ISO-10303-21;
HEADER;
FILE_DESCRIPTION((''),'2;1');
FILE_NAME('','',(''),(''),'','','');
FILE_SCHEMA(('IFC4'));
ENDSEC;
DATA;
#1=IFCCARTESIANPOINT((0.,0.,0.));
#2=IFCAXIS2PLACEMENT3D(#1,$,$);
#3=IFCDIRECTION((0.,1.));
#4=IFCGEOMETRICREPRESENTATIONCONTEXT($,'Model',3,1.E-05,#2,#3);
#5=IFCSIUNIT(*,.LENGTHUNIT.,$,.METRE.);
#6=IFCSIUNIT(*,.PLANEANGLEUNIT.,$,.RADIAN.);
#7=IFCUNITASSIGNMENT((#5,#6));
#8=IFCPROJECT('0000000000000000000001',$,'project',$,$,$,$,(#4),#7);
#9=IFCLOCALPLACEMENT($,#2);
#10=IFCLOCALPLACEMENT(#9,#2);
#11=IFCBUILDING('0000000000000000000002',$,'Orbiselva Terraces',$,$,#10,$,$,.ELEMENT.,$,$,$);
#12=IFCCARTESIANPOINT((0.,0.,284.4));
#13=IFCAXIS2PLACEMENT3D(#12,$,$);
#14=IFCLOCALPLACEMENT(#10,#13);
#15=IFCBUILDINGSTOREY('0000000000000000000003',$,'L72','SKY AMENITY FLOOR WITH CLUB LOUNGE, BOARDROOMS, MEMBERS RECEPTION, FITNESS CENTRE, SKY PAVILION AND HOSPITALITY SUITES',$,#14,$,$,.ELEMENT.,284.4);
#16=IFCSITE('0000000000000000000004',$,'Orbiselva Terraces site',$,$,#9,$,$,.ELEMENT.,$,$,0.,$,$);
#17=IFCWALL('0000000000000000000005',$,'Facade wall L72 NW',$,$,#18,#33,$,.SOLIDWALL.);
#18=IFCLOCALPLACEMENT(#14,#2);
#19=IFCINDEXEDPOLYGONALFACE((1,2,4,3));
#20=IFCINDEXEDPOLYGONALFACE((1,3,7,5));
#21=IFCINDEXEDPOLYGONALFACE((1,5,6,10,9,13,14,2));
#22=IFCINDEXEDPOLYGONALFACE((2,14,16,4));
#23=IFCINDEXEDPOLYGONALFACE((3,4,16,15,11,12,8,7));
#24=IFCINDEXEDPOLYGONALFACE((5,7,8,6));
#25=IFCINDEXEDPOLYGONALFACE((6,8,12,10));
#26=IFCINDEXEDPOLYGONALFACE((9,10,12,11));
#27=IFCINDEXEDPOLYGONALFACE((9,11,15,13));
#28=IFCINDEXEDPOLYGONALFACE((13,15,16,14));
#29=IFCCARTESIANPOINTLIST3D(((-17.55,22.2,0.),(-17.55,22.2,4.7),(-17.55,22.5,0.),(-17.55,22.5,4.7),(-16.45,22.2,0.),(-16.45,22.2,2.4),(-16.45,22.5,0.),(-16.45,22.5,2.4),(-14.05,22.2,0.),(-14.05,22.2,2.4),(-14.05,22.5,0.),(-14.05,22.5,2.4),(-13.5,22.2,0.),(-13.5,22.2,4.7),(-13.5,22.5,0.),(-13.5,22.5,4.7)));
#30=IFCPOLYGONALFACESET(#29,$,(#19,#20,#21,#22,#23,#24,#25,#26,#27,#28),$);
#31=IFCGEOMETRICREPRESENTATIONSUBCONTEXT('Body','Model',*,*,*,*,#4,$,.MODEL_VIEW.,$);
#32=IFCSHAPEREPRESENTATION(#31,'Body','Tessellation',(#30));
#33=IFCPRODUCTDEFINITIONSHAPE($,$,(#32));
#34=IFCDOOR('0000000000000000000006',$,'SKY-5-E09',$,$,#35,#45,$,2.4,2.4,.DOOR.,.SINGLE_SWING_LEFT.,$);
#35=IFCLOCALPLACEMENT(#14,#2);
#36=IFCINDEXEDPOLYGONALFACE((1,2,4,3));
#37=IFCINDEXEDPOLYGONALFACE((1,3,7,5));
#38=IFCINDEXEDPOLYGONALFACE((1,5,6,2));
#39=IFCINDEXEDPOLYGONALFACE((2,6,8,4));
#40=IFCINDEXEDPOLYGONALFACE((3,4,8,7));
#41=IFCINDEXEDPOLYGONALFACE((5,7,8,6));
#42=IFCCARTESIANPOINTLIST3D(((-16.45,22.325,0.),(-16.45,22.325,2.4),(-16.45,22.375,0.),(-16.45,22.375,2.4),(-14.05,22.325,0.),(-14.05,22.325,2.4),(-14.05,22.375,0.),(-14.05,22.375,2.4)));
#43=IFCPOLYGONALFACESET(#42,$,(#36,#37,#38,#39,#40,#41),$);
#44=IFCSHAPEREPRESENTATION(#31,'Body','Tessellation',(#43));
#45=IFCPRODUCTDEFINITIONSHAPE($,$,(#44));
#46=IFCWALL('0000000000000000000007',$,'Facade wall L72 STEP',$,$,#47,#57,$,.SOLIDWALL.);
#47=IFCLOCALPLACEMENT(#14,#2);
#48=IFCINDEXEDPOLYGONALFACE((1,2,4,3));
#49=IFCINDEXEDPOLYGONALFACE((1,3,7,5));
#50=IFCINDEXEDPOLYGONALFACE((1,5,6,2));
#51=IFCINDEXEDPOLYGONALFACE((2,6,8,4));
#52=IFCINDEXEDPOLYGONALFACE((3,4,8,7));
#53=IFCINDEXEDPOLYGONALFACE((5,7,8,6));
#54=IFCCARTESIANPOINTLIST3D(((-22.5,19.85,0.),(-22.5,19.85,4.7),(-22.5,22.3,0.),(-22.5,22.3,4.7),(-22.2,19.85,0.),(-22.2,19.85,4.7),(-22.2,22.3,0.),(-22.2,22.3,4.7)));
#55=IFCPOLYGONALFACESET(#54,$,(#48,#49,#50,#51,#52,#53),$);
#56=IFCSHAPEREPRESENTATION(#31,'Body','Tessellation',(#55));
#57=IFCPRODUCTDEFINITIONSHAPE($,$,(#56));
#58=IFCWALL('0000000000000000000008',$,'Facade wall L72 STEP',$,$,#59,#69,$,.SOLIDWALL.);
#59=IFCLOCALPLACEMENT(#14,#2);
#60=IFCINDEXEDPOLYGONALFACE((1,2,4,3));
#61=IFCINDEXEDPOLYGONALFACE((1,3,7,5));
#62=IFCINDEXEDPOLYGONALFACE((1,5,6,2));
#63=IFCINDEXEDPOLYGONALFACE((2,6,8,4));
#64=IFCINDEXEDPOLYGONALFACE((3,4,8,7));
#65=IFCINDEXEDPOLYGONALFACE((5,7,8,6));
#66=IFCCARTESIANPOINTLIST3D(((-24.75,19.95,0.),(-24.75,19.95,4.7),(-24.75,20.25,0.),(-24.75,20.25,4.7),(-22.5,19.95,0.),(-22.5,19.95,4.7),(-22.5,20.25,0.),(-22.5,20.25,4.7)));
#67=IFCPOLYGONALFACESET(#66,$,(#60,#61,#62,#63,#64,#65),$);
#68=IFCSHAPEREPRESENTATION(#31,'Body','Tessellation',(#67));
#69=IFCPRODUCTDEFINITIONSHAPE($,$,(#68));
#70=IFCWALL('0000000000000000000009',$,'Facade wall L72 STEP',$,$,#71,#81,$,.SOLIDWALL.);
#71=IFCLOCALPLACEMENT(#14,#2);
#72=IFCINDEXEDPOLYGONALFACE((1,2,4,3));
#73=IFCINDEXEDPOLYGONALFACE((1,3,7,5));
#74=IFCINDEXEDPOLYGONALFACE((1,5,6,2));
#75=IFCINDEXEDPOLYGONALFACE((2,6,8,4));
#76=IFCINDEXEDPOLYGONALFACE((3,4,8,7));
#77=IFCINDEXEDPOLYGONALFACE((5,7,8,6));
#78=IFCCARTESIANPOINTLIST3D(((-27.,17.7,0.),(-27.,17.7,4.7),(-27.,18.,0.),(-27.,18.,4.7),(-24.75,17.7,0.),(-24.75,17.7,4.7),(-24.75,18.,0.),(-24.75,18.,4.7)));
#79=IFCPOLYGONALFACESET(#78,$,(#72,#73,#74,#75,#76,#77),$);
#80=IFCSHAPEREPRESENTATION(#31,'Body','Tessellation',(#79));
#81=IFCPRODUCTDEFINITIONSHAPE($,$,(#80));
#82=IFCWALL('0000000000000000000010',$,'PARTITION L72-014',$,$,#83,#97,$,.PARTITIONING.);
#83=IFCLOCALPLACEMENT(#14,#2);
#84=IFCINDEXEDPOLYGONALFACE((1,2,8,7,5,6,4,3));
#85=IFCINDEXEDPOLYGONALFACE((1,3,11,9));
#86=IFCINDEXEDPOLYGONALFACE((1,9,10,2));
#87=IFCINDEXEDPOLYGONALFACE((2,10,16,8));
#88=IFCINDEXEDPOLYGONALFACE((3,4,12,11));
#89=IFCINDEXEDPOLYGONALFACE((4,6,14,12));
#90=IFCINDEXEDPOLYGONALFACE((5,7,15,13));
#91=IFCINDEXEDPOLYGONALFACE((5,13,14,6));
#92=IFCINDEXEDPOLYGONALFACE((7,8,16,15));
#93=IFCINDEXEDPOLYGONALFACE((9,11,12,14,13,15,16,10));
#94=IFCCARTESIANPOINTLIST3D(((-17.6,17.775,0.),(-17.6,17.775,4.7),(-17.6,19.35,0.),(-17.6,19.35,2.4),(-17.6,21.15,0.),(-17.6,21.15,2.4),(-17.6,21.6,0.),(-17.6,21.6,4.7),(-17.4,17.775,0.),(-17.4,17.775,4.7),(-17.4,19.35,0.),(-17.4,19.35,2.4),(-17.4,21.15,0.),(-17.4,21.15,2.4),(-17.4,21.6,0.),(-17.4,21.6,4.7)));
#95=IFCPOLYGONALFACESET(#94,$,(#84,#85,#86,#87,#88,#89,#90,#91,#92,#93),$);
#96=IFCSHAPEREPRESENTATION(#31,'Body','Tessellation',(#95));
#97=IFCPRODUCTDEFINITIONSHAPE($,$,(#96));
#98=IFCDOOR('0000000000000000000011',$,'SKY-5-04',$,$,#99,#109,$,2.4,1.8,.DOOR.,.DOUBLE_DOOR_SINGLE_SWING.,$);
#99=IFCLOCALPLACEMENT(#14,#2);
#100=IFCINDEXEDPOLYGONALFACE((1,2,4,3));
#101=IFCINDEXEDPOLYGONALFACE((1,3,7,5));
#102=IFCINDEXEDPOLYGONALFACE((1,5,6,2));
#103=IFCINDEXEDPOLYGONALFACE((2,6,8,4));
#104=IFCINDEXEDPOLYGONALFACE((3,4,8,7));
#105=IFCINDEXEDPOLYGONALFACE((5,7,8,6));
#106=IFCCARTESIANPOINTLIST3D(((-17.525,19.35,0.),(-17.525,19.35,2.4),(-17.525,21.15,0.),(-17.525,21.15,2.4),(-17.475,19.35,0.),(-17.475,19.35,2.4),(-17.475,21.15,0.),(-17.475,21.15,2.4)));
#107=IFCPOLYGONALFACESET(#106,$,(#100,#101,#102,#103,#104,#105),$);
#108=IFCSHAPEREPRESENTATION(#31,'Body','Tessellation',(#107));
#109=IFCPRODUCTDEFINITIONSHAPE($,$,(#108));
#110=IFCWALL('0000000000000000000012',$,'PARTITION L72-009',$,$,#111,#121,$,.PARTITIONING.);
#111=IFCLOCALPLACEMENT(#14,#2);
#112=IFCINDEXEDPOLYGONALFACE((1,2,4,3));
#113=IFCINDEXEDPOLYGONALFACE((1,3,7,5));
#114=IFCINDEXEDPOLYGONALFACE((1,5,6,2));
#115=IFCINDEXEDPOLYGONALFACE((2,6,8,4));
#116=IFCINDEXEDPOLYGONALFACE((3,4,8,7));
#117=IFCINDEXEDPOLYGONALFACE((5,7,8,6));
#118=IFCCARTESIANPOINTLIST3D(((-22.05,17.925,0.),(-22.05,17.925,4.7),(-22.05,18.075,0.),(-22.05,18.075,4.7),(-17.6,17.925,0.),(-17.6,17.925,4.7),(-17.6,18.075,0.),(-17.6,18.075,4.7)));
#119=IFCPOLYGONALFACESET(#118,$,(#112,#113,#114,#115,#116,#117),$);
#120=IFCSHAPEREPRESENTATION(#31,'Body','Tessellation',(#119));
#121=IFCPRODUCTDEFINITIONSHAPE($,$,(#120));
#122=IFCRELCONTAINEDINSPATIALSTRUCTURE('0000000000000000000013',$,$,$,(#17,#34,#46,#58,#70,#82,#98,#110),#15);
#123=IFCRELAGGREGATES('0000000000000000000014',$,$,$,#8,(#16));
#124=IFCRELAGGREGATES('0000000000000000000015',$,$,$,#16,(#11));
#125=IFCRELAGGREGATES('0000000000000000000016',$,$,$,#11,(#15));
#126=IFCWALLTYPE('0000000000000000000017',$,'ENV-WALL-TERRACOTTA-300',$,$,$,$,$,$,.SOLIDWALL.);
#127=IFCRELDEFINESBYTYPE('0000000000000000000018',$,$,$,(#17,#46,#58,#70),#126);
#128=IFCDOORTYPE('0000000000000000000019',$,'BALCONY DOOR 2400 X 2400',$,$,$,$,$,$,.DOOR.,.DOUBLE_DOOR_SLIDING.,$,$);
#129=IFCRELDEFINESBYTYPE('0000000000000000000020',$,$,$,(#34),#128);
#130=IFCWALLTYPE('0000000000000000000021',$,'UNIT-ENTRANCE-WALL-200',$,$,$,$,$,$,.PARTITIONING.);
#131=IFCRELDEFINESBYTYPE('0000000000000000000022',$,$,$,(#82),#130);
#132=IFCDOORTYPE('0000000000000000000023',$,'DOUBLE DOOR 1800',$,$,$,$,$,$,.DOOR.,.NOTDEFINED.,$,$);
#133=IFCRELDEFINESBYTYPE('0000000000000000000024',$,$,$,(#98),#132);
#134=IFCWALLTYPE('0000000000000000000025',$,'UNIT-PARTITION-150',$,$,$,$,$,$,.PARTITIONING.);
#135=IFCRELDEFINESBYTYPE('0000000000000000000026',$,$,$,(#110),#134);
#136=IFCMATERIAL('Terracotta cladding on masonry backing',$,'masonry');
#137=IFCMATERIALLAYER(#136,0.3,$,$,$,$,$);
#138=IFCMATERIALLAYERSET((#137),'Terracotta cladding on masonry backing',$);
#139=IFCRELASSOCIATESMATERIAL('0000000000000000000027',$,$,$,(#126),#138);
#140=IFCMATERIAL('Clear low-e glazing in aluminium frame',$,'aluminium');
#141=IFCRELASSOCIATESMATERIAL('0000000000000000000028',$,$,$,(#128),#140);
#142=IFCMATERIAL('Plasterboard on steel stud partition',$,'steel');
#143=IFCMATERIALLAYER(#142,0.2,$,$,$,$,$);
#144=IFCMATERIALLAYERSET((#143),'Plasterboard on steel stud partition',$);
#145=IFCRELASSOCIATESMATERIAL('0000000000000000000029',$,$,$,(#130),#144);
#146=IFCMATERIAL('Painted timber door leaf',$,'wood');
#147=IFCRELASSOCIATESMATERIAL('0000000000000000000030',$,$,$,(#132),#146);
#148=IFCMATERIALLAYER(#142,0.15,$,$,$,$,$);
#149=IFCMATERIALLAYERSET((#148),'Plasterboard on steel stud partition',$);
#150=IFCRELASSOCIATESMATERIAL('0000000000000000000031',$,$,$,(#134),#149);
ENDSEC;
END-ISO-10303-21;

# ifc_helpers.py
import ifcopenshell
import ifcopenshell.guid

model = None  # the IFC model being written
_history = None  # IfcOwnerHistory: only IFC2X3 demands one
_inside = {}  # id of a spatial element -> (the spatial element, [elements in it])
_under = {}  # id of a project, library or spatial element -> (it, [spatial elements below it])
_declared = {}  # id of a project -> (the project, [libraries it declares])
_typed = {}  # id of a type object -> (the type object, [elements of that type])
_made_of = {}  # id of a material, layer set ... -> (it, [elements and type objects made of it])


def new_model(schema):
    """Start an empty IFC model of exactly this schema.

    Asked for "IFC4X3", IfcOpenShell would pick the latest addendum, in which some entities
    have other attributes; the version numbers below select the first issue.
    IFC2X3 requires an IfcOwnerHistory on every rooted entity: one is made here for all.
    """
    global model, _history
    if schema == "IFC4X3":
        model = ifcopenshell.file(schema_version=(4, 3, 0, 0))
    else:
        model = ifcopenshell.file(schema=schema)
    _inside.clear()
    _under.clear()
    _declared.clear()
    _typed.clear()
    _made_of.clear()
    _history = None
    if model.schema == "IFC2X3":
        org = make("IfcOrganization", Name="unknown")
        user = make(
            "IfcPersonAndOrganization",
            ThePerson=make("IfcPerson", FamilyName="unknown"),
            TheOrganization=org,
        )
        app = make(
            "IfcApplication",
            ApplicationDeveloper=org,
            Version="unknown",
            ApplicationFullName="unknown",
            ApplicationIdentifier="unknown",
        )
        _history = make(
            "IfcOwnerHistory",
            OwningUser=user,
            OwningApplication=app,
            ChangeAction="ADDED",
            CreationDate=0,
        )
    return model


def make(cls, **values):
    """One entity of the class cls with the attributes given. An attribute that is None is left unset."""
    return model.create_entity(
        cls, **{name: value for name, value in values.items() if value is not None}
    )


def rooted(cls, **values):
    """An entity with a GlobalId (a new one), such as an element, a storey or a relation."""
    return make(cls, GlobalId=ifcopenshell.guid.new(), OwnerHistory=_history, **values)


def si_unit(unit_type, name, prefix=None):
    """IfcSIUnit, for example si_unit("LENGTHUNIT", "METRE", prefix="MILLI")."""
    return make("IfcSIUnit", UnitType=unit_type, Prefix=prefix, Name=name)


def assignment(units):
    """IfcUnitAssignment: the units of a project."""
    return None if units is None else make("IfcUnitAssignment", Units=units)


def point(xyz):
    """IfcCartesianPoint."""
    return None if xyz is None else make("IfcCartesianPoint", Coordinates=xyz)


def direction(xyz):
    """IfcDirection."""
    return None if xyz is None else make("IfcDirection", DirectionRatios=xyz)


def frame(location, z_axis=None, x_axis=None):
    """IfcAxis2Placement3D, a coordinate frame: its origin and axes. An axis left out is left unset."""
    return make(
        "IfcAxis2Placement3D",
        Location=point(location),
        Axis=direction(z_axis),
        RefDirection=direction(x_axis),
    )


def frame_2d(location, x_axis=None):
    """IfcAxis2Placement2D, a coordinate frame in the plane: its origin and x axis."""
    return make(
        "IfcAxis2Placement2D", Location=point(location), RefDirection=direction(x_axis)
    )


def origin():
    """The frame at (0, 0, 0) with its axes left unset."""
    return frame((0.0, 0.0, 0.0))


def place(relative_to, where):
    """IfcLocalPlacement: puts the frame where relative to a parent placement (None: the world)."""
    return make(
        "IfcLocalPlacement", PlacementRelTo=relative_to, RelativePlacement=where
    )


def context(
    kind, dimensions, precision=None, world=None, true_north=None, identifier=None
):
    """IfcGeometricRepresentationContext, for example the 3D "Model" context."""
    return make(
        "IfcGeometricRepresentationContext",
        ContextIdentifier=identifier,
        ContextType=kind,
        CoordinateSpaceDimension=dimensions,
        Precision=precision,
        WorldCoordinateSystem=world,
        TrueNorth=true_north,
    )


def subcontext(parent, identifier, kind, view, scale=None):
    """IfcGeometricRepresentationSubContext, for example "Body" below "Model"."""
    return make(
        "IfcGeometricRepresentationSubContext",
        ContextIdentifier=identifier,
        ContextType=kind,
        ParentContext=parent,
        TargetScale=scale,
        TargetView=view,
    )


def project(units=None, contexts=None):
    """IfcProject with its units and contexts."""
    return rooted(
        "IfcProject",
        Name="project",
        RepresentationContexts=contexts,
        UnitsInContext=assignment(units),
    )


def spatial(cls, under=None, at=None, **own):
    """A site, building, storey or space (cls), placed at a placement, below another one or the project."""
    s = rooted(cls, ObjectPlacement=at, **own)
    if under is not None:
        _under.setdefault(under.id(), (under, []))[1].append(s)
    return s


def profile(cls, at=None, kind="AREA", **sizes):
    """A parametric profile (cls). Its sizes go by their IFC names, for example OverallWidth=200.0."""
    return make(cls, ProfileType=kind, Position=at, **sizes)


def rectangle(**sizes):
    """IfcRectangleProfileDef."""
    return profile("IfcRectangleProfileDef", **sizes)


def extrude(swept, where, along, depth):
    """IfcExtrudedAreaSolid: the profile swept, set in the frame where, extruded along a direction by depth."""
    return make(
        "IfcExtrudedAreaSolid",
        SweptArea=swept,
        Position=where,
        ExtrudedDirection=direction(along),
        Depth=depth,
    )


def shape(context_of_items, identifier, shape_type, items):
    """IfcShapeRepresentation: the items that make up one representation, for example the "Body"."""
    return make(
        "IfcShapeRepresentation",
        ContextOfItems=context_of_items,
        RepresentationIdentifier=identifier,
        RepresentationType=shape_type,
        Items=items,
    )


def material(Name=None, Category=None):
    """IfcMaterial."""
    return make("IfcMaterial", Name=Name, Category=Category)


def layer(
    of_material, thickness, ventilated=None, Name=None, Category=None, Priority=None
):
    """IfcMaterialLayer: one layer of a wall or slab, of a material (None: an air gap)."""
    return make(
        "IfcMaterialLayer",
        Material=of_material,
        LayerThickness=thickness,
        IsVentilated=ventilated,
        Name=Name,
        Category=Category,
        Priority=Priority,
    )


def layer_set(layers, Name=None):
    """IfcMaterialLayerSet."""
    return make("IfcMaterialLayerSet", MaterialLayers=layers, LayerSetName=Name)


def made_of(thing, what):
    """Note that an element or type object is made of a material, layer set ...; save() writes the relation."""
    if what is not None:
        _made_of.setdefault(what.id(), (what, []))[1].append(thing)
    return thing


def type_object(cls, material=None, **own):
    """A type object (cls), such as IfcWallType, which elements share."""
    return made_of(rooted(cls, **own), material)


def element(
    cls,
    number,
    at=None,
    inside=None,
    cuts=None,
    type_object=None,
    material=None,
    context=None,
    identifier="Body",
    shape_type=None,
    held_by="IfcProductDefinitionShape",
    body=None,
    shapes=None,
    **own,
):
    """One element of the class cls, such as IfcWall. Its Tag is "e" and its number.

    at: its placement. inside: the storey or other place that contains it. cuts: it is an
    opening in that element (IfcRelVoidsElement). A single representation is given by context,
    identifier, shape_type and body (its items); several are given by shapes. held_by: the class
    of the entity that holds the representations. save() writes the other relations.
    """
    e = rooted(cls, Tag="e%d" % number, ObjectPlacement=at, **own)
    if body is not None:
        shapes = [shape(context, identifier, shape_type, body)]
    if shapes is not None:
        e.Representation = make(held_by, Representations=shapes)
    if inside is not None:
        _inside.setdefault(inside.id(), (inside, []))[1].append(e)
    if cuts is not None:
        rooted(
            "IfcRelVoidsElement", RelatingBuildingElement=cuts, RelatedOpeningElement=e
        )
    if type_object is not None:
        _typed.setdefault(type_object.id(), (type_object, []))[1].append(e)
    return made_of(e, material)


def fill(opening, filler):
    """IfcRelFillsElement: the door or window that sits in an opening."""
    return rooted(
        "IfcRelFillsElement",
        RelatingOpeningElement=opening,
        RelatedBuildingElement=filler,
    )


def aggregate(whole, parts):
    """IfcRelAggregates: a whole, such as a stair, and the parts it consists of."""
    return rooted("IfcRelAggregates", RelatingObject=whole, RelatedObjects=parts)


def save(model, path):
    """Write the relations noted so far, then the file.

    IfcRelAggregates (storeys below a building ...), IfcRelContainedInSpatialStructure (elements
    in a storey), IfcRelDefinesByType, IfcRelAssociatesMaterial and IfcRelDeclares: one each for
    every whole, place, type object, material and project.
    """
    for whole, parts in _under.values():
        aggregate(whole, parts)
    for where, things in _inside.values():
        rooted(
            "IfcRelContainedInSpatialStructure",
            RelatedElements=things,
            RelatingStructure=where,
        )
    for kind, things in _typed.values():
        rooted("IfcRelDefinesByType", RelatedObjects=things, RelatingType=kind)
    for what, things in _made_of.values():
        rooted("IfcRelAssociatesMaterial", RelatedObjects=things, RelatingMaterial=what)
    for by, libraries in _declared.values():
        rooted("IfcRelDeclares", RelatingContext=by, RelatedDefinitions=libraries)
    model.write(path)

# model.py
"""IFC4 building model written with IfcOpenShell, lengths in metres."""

from ifc_helpers import new_model, si_unit, direction, frame, frame_2d, origin, place, context, subcontext, project, spatial, rectangle, extrude, material, layer, layer_set, type_object, element, fill, save


model = new_model("IFC4")

# Units and contexts
model_context = context("Model", 3, precision=1e-05, world=origin(), true_north=direction((0.0, 1.0)))
body_context = subcontext(model_context, "Body", "Model", "MODEL_VIEW")
ifc_project = project(units=[si_unit("LENGTHUNIT", "METRE"), si_unit("PLANEANGLEUNIT", "RADIAN")], contexts=[model_context])

# Site, building, storey
site_placement = place(None, origin())
site = spatial("IfcSite", under=ifc_project, at=site_placement, Name="Orbiselva Terraces site", CompositionType="ELEMENT", RefElevation=0.0)
building_placement = place(site_placement, origin())
building = spatial("IfcBuilding", under=site, at=building_placement, Name="Orbiselva Terraces", CompositionType="ELEMENT")
storey_placement = place(building_placement, frame((0.0, 0.0, 284.4)))
storey = spatial("IfcBuildingStorey", under=building, at=storey_placement, Name="L72", Description="SKY AMENITY FLOOR WITH CLUB LOUNGE, BOARDROOMS, MEMBERS RECEPTION, FITNESS CENTRE, SKY PAVILION AND HOSPITALITY SUITES", CompositionType="ELEMENT", Elevation=284.4)

# Shared definitions
ifc_material_1 = material(Name="Clear low-e glazing in aluminium frame", Category="aluminium")

# Wall, opening, door
ifc_material_2 = material(Name="Terracotta cladding on masonry backing", Category="masonry")
ifc_layer_1 = layer(ifc_material_2, 0.3)
ifc_layer_set_1 = layer_set([ifc_layer_1], Name="Terracotta cladding on masonry backing")
wall_type_1 = type_object("IfcWallType", Name="ENV-WALL-TERRACOTTA-300", PredefinedType="SOLIDWALL", material=ifc_layer_set_1)
wall_1_placement = place(storey_placement, frame((-17.55, 22.35, 0.0), z_axis=(0.0, 0.0, 1.0), x_axis=(1.0, 0.0, 0.0)))
wall_1 = element("IfcWall", 1, at=wall_1_placement, inside=storey, type_object=wall_type_1, Name="Facade wall L72 NW", PredefinedType="SOLIDWALL", context=body_context, shape_type="SweptSolid", body=[
    extrude(rectangle(XDim=4.05, YDim=0.3, at=frame_2d((2.025, 0.0))), origin(), (0.0, 0.0, 1.0), 4.7),
])
opening_1_placement = place(wall_1_placement, frame((1.1, 0.0, 0.0)))
opening_1 = element("IfcOpeningElement", 2, at=opening_1_placement, cuts=wall_1, PredefinedType="OPENING", context=body_context, shape_type="SweptSolid", body=[
    extrude(rectangle(XDim=2.4, YDim=2.4, at=frame_2d((1.2, 1.2))), frame((0.0, 0.16, 0.0), z_axis=(0.0, -1.0, 0.0), x_axis=(1.0, 0.0, 0.0)), (0.0, 0.0, 1.0), 0.32),
])
door_type_1 = type_object("IfcDoorType", Name="BALCONY DOOR 2400 X 2400", OperationType="DOUBLE_DOOR_SLIDING", PredefinedType="DOOR", material=ifc_material_1)
door_1_placement = place(opening_1_placement, origin())
door_1 = element("IfcDoor", 3, at=door_1_placement, inside=storey, type_object=door_type_1, Name="SKY-5-E09", OperationType="SINGLE_SWING_LEFT", OverallHeight=2.4, OverallWidth=2.4, PredefinedType="DOOR", context=body_context, shape_type="SweptSolid", body=[
    extrude(rectangle(XDim=2.4, YDim=2.4, at=frame_2d((1.2, 1.2))), frame((0.0, 0.025, 0.0), z_axis=(0.0, -1.0, 0.0), x_axis=(1.0, 0.0, 0.0)), (0.0, 0.0, 1.0), 0.05),
])
fill(opening_1, door_1)

# Walls
wall_2_placement = place(storey_placement, frame((-22.35, 19.85, 0.0), z_axis=(0.0, 0.0, 1.0), x_axis=(0.0, 1.0, 0.0)))
element("IfcWall", 4, at=wall_2_placement, inside=storey, type_object=wall_type_1, Name="Facade wall L72 STEP", PredefinedType="SOLIDWALL", context=body_context, shape_type="SweptSolid", body=[
    extrude(rectangle(XDim=2.45, YDim=0.3, at=frame_2d((1.225, 0.0))), origin(), (0.0, 0.0, 1.0), 4.7),
])
for number, where, z_axis, x_axis, name in (
    (5, (-24.75, 20.1, 0.0), (0.0, 0.0, 1.0), (1.0, 0.0, 0.0), "Facade wall L72 STEP"),
    (6, (-27.0, 17.85, 0.0), (0.0, 0.0, 1.0), (1.0, 0.0, 0.0), "Facade wall L72 STEP"),
):
    element("IfcWall", number, at=place(storey_placement, frame(where, z_axis=z_axis, x_axis=x_axis)), inside=storey, type_object=wall_type_1, Name=name, PredefinedType="SOLIDWALL", context=body_context, shape_type="SweptSolid", body=[
        extrude(rectangle(XDim=2.25, YDim=0.3, at=frame_2d((1.125, 0.0))), origin(), (0.0, 0.0, 1.0), 4.7),
    ])

# Wall, opening, door
ifc_material_3 = material(Name="Plasterboard on steel stud partition", Category="steel")
ifc_layer_2 = layer(ifc_material_3, 0.2)
ifc_layer_set_2 = layer_set([ifc_layer_2], Name="Plasterboard on steel stud partition")
wall_type_2 = type_object("IfcWallType", Name="UNIT-ENTRANCE-WALL-200", PredefinedType="PARTITIONING", material=ifc_layer_set_2)
wall_3_placement = place(storey_placement, frame((-17.5, 21.6, 0.0), z_axis=(0.0, 0.0, 1.0), x_axis=(0.0, -1.0, 0.0)))
wall_3 = element("IfcWall", 7, at=wall_3_placement, inside=storey, type_object=wall_type_2, Name="PARTITION L72-014", PredefinedType="PARTITIONING", context=body_context, shape_type="SweptSolid", body=[
    extrude(rectangle(XDim=3.825, YDim=0.2, at=frame_2d((1.9125, 0.0))), origin(), (0.0, 0.0, 1.0), 4.7),
])
opening_2_placement = place(wall_3_placement, frame((0.45, 0.0, 0.0)))
opening_2 = element("IfcOpeningElement", 8, at=opening_2_placement, cuts=wall_3, PredefinedType="OPENING", context=body_context, shape_type="SweptSolid", body=[
    extrude(rectangle(XDim=1.8, YDim=2.4, at=frame_2d((0.9, 1.2))), frame((0.0, 0.11, 0.0), z_axis=(0.0, -1.0, 0.0), x_axis=(1.0, 0.0, 0.0)), (0.0, 0.0, 1.0), 0.22),
])
ifc_material_4 = material(Name="Painted timber door leaf", Category="wood")
door_type_2 = type_object("IfcDoorType", Name="DOUBLE DOOR 1800", OperationType="NOTDEFINED", PredefinedType="DOOR", material=ifc_material_4)
door_2_placement = place(opening_2_placement, origin())
door_2 = element("IfcDoor", 9, at=door_2_placement, inside=storey, type_object=door_type_2, Name="SKY-5-04", OperationType="DOUBLE_DOOR_SINGLE_SWING", OverallHeight=2.4, OverallWidth=1.8, PredefinedType="DOOR", context=body_context, shape_type="SweptSolid", body=[
    extrude(rectangle(XDim=1.8, YDim=2.4, at=frame_2d((0.9, 1.2))), frame((0.0, 0.025, 0.0), z_axis=(0.0, -1.0, 0.0), x_axis=(1.0, 0.0, 0.0)), (0.0, 0.0, 1.0), 0.05),
])
fill(opening_2, door_2)

# Wall
ifc_layer_3 = layer(ifc_material_3, 0.15)
ifc_layer_set_3 = layer_set([ifc_layer_3], Name="Plasterboard on steel stud partition")
wall_type_3 = type_object("IfcWallType", Name="UNIT-PARTITION-150", PredefinedType="PARTITIONING", material=ifc_layer_set_3)
wall_4_placement = place(storey_placement, frame((-22.05, 18.0, 0.0), z_axis=(0.0, 0.0, 1.0), x_axis=(1.0, 0.0, 0.0)))
element("IfcWall", 10, at=wall_4_placement, inside=storey, type_object=wall_type_3, Name="PARTITION L72-009", PredefinedType="PARTITIONING", context=body_context, shape_type="SweptSolid", body=[
    extrude(rectangle(XDim=4.45, YDim=0.15, at=frame_2d((2.225, 0.0))), origin(), (0.0, 0.0, 1.0), 4.7),
])

save(model, "model.ifc")
